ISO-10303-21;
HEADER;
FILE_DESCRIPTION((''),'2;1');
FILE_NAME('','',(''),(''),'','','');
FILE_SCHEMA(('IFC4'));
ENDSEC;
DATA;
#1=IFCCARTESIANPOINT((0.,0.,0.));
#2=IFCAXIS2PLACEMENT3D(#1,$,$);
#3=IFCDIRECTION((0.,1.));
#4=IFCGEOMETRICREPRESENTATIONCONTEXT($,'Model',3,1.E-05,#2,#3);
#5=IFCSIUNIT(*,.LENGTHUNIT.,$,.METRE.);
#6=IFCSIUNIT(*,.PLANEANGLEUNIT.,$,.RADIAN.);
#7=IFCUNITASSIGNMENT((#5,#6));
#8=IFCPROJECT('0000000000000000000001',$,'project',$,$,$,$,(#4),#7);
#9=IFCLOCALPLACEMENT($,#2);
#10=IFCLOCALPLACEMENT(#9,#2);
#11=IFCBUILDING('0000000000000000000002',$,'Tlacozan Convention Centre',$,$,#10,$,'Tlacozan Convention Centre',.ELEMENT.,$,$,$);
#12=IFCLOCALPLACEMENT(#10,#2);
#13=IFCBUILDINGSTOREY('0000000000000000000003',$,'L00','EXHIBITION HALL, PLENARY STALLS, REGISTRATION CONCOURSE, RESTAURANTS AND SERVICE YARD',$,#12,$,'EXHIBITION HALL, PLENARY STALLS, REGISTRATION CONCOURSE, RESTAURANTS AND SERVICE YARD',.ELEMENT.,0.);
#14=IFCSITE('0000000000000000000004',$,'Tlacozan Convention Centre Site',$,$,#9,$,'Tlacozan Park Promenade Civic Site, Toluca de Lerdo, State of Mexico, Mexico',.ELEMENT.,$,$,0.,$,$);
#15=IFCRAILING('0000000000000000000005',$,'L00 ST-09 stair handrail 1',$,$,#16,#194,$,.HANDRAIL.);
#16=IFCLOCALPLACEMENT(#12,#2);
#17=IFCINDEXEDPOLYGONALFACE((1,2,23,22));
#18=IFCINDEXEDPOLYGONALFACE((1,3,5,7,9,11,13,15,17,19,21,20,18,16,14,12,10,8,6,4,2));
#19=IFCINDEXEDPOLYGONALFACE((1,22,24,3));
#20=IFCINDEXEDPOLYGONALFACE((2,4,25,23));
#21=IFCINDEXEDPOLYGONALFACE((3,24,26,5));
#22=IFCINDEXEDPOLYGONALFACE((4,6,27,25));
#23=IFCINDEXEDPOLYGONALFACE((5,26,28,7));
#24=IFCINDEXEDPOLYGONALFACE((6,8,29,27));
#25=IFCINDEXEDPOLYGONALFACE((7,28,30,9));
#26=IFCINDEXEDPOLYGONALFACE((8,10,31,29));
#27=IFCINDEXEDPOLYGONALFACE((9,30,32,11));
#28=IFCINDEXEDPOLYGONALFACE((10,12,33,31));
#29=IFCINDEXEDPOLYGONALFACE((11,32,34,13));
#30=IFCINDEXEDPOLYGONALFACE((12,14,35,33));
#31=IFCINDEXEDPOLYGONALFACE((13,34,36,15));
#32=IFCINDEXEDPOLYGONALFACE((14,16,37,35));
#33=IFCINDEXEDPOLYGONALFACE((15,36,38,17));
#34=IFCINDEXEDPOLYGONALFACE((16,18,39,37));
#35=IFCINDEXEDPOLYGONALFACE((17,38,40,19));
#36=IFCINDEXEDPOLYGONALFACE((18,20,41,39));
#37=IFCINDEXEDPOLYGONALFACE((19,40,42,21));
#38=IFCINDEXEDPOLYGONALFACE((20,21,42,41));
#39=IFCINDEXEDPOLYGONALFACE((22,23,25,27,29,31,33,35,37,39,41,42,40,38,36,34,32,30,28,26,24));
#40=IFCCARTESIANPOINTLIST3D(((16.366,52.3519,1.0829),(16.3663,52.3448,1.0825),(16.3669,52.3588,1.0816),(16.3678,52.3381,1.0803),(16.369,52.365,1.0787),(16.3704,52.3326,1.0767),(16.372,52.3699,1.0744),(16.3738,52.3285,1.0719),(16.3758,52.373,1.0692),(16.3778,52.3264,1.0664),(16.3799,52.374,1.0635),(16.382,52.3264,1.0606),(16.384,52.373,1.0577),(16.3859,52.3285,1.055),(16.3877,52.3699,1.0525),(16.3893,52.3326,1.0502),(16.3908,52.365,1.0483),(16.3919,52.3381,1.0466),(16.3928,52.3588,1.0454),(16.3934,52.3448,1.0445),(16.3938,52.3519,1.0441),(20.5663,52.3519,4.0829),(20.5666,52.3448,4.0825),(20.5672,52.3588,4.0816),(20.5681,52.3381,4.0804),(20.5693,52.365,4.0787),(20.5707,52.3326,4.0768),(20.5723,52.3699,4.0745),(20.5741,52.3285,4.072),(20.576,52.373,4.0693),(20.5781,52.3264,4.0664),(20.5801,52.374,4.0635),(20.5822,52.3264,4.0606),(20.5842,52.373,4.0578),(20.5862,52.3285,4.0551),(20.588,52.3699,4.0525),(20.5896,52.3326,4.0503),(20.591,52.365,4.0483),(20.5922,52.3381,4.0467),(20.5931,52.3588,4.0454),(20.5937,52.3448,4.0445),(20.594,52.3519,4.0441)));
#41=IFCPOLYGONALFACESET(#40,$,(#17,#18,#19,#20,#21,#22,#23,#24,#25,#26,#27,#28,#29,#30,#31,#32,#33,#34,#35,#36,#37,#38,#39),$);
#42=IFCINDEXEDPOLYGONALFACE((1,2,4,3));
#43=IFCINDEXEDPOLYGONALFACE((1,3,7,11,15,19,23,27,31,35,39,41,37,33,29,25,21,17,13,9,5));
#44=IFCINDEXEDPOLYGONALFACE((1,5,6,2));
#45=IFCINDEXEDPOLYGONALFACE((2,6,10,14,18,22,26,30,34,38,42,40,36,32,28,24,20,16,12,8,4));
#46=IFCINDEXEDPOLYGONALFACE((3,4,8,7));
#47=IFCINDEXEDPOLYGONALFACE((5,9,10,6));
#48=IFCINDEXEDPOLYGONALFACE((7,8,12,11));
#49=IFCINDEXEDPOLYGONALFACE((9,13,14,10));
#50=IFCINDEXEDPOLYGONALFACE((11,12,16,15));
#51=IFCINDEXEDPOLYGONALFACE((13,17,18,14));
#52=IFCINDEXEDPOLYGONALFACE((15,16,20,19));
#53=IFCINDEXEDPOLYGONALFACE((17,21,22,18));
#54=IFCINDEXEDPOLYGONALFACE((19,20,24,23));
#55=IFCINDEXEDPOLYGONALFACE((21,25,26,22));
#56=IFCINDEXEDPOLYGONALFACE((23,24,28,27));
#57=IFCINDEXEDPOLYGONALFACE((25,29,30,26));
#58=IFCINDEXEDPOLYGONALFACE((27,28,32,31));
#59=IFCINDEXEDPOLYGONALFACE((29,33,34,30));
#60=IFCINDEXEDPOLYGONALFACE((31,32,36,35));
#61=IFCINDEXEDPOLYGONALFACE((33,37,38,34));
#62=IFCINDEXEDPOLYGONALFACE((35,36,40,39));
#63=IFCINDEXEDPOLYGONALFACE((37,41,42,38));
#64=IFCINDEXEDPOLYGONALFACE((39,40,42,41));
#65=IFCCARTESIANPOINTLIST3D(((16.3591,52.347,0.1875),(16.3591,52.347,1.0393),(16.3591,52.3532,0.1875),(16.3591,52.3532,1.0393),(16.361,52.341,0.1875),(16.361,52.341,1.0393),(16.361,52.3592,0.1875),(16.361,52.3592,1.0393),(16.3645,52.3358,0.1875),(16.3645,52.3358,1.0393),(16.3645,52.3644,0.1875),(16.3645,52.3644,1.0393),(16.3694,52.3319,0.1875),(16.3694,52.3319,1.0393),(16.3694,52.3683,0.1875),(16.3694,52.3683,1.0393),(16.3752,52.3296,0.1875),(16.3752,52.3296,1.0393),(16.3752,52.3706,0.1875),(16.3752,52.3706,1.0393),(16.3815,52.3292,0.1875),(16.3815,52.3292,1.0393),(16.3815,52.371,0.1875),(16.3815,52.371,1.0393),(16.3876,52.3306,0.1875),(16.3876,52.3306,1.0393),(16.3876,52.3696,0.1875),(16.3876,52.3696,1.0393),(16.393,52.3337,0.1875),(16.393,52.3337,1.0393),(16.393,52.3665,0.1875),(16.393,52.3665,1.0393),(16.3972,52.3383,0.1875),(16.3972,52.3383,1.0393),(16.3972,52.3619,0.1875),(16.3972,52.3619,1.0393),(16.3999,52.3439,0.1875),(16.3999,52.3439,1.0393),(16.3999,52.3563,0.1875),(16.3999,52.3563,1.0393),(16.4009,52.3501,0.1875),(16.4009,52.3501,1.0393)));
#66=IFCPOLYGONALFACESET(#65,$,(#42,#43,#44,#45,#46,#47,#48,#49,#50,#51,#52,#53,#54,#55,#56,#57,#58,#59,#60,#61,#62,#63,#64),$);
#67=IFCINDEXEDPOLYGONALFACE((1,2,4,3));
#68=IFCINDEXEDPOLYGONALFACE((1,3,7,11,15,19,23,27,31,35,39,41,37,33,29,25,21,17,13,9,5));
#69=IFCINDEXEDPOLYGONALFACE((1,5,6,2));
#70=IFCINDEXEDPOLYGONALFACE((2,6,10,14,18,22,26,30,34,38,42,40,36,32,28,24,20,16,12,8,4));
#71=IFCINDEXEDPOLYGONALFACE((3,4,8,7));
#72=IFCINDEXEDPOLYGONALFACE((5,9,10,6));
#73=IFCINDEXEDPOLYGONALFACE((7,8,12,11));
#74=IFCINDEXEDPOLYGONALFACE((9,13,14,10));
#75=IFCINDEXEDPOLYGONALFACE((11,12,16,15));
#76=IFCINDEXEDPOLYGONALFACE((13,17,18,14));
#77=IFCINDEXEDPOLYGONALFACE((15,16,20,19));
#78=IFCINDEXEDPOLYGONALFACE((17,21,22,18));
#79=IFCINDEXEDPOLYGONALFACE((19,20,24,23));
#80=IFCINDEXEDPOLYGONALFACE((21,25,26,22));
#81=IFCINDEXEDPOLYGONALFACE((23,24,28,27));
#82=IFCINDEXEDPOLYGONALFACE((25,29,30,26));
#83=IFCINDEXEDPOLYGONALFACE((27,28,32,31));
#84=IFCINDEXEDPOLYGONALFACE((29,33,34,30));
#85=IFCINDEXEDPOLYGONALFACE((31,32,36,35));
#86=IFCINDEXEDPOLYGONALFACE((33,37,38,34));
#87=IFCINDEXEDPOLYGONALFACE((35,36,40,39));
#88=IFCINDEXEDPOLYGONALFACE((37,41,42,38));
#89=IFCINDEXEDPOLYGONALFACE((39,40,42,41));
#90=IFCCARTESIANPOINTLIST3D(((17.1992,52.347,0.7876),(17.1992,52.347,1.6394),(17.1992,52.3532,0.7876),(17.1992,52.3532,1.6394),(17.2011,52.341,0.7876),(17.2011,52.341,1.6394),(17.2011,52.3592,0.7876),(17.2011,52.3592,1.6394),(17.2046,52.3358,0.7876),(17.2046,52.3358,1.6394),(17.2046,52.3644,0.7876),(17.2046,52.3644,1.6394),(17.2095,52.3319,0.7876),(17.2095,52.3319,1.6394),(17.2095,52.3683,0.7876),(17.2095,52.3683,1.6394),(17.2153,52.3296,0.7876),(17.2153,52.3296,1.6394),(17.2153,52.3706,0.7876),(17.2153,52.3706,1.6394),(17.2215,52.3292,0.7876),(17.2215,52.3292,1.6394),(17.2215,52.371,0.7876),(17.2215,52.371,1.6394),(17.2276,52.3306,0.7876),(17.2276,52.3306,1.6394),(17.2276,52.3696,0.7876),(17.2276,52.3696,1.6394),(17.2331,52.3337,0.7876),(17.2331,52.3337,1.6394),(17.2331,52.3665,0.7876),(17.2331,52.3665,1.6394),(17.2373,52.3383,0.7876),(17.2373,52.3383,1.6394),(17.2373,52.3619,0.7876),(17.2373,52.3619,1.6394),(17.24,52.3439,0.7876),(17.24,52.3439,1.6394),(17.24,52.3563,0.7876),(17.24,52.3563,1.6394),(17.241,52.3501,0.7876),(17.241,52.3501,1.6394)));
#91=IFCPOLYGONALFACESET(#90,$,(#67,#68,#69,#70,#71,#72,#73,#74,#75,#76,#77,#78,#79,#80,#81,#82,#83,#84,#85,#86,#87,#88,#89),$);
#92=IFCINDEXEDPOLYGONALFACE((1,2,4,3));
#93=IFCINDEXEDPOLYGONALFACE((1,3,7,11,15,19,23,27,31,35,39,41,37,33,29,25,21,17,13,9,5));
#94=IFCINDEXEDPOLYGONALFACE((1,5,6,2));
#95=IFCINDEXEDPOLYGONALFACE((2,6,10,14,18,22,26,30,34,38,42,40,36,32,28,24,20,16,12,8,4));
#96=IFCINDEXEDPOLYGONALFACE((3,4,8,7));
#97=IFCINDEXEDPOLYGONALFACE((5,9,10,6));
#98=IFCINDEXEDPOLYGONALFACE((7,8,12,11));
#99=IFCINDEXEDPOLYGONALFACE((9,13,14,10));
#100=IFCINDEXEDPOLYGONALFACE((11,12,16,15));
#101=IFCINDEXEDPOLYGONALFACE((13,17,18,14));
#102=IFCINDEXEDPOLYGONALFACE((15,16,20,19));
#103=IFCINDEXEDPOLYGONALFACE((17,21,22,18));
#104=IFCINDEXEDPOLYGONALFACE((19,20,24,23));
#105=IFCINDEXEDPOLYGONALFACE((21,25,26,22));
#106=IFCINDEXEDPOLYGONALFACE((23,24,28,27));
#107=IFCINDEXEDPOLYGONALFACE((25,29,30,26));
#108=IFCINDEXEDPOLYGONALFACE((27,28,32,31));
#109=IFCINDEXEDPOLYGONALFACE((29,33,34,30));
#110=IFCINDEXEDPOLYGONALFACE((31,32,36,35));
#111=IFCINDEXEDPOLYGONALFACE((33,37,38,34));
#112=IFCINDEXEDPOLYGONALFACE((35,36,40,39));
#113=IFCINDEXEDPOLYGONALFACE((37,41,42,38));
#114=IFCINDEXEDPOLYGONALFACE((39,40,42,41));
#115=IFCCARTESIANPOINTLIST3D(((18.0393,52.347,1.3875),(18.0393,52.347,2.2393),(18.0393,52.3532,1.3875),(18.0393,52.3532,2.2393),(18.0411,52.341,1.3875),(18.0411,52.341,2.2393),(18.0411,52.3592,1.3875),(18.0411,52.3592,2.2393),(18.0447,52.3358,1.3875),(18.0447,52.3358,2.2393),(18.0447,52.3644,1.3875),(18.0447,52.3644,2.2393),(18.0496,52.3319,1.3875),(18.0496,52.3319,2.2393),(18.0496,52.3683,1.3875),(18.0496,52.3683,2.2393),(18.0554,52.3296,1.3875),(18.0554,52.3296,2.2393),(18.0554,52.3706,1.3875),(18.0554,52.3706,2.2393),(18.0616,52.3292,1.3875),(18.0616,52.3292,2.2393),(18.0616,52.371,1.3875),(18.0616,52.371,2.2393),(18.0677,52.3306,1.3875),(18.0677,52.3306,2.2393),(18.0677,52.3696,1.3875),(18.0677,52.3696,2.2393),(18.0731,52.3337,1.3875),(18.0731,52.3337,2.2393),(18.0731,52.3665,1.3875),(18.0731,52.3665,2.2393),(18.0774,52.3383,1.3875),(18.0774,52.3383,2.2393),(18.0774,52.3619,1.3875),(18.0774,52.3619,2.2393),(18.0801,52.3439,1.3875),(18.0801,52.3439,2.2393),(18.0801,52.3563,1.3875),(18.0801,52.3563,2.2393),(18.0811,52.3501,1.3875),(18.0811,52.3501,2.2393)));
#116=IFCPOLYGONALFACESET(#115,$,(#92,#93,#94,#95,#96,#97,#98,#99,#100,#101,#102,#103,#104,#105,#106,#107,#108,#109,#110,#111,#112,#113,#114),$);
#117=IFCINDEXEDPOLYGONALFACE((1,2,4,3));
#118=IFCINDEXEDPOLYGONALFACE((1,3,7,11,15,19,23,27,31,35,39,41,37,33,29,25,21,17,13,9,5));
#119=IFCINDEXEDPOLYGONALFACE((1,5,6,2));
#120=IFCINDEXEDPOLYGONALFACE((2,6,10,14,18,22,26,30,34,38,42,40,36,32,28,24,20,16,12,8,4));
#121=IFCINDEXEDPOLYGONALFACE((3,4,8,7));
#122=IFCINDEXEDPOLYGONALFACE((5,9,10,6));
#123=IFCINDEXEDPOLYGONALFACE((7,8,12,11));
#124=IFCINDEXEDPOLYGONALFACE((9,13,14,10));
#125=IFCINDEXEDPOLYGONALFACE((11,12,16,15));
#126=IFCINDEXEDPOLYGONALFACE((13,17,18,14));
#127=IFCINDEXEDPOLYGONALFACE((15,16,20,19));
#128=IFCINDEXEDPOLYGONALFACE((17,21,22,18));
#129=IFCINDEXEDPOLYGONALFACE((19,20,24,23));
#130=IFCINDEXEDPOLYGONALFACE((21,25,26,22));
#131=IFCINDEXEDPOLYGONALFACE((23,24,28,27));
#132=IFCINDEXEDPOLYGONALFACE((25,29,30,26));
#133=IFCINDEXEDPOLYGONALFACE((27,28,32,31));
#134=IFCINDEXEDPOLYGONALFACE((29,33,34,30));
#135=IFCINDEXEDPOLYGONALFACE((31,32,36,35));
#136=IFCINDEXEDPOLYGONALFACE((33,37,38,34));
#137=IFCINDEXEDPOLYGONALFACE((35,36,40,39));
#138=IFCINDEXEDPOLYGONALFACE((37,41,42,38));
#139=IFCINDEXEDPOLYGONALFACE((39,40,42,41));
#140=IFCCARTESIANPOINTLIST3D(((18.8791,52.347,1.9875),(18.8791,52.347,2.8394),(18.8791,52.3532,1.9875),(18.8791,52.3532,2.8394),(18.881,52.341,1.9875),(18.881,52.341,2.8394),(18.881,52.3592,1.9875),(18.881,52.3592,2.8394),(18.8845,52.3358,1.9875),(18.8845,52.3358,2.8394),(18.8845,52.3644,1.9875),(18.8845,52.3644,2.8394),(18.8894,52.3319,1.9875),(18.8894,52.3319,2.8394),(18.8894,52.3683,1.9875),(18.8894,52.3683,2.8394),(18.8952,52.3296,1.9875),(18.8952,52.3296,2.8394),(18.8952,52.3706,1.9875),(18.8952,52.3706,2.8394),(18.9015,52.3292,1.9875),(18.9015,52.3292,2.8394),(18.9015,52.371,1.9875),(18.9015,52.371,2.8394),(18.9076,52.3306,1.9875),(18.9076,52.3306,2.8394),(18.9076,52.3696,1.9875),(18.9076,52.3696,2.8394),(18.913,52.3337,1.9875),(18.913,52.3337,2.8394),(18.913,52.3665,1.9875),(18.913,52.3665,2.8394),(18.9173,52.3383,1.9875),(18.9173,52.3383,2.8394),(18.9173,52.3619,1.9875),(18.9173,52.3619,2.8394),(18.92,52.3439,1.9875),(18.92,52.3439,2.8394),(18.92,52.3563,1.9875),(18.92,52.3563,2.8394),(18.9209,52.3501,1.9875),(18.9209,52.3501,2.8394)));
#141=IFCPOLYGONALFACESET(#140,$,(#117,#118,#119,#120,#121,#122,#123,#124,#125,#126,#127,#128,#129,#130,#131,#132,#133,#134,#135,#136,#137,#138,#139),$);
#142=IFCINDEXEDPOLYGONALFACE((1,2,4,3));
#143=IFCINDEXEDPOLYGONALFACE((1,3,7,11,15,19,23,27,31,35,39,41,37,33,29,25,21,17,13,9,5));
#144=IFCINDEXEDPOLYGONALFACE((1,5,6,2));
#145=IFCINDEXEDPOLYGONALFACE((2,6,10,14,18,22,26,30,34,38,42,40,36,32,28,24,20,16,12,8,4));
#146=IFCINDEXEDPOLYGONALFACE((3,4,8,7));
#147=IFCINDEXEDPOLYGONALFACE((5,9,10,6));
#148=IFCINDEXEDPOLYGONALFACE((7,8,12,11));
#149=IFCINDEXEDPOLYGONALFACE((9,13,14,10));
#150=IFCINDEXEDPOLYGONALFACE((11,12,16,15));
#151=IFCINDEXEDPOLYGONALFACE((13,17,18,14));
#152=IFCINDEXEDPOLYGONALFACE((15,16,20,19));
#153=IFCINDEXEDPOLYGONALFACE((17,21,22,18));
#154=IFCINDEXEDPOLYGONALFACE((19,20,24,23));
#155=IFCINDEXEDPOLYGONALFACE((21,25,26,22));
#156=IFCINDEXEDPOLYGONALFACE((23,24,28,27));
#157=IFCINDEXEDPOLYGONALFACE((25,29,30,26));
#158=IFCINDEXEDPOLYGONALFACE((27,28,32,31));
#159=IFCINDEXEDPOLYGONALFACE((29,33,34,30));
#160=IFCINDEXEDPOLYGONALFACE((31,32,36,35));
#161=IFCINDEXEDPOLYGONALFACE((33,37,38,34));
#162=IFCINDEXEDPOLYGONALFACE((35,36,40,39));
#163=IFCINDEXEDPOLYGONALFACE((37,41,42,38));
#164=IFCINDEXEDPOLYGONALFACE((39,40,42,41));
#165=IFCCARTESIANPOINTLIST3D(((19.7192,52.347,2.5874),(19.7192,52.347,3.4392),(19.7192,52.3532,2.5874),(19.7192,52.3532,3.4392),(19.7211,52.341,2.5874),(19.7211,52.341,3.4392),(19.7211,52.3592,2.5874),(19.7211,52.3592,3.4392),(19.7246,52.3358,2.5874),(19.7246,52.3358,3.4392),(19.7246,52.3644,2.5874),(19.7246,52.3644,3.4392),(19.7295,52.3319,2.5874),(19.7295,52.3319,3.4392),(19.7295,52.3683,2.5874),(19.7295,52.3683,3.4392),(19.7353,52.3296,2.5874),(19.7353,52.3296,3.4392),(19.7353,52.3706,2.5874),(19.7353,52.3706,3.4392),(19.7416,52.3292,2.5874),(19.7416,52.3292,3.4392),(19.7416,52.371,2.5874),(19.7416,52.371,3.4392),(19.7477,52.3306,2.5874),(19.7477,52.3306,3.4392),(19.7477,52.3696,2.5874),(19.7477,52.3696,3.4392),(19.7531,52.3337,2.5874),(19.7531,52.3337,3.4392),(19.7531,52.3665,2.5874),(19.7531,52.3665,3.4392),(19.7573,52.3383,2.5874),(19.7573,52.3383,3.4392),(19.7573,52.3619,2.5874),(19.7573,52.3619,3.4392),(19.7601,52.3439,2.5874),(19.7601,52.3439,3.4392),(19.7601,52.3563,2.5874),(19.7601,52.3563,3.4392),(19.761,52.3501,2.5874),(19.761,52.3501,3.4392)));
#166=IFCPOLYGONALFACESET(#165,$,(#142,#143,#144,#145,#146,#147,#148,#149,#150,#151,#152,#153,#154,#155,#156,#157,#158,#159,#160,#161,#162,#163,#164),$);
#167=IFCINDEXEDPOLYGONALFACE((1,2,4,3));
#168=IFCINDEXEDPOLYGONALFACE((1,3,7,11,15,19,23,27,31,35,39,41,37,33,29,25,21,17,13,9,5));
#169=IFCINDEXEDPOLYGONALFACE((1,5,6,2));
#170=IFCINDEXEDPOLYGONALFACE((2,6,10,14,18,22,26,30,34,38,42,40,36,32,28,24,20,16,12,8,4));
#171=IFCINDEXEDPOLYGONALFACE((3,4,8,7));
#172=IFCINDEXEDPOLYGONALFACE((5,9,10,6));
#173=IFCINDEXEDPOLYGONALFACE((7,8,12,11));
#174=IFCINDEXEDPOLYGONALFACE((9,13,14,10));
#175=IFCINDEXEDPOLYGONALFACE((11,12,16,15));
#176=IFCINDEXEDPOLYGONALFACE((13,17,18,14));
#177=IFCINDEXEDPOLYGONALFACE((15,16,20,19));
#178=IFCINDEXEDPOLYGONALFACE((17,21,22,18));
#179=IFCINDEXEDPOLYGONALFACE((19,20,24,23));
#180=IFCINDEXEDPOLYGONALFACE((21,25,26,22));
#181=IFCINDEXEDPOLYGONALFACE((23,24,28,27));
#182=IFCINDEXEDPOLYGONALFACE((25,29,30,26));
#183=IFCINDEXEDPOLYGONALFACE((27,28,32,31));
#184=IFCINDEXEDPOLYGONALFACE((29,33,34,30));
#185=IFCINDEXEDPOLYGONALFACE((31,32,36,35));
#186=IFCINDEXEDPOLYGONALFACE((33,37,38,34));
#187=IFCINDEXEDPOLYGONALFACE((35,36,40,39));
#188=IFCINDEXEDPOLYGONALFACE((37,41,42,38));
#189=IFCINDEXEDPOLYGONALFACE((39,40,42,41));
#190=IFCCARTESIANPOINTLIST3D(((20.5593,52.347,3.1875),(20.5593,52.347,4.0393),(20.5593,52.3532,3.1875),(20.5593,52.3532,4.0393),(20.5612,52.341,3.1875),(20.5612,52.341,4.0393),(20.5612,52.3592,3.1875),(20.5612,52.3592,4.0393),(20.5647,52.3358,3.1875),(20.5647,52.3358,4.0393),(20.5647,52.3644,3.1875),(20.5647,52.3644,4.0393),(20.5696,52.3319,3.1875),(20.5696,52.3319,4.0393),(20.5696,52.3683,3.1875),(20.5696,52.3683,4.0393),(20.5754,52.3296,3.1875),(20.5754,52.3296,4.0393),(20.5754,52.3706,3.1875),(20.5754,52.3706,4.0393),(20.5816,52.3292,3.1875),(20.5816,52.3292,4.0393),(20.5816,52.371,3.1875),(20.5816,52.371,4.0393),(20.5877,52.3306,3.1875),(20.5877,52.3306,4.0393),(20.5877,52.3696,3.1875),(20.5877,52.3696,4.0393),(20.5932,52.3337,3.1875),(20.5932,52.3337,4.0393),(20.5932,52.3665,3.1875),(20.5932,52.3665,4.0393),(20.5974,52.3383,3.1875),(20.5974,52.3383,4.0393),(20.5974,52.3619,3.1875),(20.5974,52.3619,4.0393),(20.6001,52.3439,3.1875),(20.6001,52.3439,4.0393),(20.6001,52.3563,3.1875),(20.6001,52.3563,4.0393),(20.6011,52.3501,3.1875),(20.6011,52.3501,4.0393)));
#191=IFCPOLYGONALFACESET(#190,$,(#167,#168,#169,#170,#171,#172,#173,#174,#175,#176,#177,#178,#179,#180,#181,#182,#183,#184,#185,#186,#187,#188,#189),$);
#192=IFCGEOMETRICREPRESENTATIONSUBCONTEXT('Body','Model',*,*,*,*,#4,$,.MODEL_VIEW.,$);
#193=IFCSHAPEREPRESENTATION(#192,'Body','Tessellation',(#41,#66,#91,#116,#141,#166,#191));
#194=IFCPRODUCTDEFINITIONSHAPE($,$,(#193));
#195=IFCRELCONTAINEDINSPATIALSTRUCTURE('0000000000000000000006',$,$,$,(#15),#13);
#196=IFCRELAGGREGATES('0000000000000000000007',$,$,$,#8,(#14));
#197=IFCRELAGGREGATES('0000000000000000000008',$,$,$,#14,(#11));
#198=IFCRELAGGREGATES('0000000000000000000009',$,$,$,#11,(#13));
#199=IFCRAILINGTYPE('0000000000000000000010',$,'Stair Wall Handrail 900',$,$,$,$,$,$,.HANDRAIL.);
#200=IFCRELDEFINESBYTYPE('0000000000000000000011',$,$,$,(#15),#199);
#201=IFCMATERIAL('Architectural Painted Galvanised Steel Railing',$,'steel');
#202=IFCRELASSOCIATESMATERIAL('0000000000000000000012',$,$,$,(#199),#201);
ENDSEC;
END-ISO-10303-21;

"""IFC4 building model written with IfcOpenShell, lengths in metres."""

from ifc_helpers import new_model, si_unit, direction, frame, origin, origin_2d, place, context, subcontext, project, spatial, circle, extrude, material, type_object, element, save


model = new_model("IFC4")

# Units and contexts
model_context = context("Model", 3, precision=1e-05, world=origin(), true_north=direction((0.0, 1.0)))
body_context = subcontext(model_context, "Body", "Model", "MODEL_VIEW")
ifc_project = project(units=[si_unit("LENGTHUNIT", "METRE"), si_unit("PLANEANGLEUNIT", "RADIAN")], contexts=[model_context])

# Site, building, storey
site_placement = place(None, origin())
site = spatial("IfcSite", under=ifc_project, at=site_placement, Name="Tlacozan Convention Centre Site", LongName="Tlacozan Park Promenade Civic Site, Toluca de Lerdo, State of Mexico, Mexico", CompositionType="ELEMENT", RefElevation=0.0)
building_placement = place(site_placement, origin())
building = spatial("IfcBuilding", under=site, at=building_placement, Name="Tlacozan Convention Centre", LongName="Tlacozan Convention Centre", CompositionType="ELEMENT")
storey_placement = place(building_placement, origin())
storey = spatial("IfcBuildingStorey", under=building, at=storey_placement, Name="L00", Description="EXHIBITION HALL, PLENARY STALLS, REGISTRATION CONCOURSE, RESTAURANTS AND SERVICE YARD", LongName="EXHIBITION HALL, PLENARY STALLS, REGISTRATION CONCOURSE, RESTAURANTS AND SERVICE YARD", CompositionType="ELEMENT", Elevation=0.0)

# Railing
ifc_material_1 = material(Name="Architectural Painted Galvanised Steel Railing", Category="steel")
railing_type_1 = type_object("IfcRailingType", Name="Stair Wall Handrail 900", PredefinedType="HANDRAIL", material=ifc_material_1)
railing_1_placement = place(storey_placement, frame((16.3799, 52.3501, 0.1875)))
element("IfcRailing", 1, at=railing_1_placement, inside=storey, type_object=railing_type_1, Name="L00 ST-09 stair handrail 1", PredefinedType="HANDRAIL", context=body_context, shape_type="SweptSolid", body=[
    extrude(circle(Radius=0.0239, at=origin_2d()), frame((0.0, 0.0, 0.876), z_axis=(0.813746, 0.0, 0.58122), x_axis=(0.0, 1.0, 0.0)), (0.0, 0.0, 1.0), 5.1616),
    extrude(circle(Radius=0.021, at=origin_2d()), origin(), (0.0, 0.0, 1.0), 0.8518),
    extrude(circle(Radius=0.021, at=origin_2d()), frame((0.8401, 0.0, 0.6001)), (0.0, 0.0, 1.0), 0.8518),
    extrude(circle(Radius=0.021, at=origin_2d()), frame((1.6802, 0.0, 1.2)), (0.0, 0.0, 1.0), 0.8518),
    extrude(circle(Radius=0.021, at=origin_2d()), frame((2.52, 0.0, 1.8)), (0.0, 0.0, 1.0), 0.8518),
    extrude(circle(Radius=0.021, at=origin_2d()), frame((3.3601, 0.0, 2.3999)), (0.0, 0.0, 1.0), 0.8518),
    extrude(circle(Radius=0.021, at=origin_2d()), frame((4.2002, 0.0, 3.0)), (0.0, 0.0, 1.0), 0.8518),
])

save(model, "model.ifc")
